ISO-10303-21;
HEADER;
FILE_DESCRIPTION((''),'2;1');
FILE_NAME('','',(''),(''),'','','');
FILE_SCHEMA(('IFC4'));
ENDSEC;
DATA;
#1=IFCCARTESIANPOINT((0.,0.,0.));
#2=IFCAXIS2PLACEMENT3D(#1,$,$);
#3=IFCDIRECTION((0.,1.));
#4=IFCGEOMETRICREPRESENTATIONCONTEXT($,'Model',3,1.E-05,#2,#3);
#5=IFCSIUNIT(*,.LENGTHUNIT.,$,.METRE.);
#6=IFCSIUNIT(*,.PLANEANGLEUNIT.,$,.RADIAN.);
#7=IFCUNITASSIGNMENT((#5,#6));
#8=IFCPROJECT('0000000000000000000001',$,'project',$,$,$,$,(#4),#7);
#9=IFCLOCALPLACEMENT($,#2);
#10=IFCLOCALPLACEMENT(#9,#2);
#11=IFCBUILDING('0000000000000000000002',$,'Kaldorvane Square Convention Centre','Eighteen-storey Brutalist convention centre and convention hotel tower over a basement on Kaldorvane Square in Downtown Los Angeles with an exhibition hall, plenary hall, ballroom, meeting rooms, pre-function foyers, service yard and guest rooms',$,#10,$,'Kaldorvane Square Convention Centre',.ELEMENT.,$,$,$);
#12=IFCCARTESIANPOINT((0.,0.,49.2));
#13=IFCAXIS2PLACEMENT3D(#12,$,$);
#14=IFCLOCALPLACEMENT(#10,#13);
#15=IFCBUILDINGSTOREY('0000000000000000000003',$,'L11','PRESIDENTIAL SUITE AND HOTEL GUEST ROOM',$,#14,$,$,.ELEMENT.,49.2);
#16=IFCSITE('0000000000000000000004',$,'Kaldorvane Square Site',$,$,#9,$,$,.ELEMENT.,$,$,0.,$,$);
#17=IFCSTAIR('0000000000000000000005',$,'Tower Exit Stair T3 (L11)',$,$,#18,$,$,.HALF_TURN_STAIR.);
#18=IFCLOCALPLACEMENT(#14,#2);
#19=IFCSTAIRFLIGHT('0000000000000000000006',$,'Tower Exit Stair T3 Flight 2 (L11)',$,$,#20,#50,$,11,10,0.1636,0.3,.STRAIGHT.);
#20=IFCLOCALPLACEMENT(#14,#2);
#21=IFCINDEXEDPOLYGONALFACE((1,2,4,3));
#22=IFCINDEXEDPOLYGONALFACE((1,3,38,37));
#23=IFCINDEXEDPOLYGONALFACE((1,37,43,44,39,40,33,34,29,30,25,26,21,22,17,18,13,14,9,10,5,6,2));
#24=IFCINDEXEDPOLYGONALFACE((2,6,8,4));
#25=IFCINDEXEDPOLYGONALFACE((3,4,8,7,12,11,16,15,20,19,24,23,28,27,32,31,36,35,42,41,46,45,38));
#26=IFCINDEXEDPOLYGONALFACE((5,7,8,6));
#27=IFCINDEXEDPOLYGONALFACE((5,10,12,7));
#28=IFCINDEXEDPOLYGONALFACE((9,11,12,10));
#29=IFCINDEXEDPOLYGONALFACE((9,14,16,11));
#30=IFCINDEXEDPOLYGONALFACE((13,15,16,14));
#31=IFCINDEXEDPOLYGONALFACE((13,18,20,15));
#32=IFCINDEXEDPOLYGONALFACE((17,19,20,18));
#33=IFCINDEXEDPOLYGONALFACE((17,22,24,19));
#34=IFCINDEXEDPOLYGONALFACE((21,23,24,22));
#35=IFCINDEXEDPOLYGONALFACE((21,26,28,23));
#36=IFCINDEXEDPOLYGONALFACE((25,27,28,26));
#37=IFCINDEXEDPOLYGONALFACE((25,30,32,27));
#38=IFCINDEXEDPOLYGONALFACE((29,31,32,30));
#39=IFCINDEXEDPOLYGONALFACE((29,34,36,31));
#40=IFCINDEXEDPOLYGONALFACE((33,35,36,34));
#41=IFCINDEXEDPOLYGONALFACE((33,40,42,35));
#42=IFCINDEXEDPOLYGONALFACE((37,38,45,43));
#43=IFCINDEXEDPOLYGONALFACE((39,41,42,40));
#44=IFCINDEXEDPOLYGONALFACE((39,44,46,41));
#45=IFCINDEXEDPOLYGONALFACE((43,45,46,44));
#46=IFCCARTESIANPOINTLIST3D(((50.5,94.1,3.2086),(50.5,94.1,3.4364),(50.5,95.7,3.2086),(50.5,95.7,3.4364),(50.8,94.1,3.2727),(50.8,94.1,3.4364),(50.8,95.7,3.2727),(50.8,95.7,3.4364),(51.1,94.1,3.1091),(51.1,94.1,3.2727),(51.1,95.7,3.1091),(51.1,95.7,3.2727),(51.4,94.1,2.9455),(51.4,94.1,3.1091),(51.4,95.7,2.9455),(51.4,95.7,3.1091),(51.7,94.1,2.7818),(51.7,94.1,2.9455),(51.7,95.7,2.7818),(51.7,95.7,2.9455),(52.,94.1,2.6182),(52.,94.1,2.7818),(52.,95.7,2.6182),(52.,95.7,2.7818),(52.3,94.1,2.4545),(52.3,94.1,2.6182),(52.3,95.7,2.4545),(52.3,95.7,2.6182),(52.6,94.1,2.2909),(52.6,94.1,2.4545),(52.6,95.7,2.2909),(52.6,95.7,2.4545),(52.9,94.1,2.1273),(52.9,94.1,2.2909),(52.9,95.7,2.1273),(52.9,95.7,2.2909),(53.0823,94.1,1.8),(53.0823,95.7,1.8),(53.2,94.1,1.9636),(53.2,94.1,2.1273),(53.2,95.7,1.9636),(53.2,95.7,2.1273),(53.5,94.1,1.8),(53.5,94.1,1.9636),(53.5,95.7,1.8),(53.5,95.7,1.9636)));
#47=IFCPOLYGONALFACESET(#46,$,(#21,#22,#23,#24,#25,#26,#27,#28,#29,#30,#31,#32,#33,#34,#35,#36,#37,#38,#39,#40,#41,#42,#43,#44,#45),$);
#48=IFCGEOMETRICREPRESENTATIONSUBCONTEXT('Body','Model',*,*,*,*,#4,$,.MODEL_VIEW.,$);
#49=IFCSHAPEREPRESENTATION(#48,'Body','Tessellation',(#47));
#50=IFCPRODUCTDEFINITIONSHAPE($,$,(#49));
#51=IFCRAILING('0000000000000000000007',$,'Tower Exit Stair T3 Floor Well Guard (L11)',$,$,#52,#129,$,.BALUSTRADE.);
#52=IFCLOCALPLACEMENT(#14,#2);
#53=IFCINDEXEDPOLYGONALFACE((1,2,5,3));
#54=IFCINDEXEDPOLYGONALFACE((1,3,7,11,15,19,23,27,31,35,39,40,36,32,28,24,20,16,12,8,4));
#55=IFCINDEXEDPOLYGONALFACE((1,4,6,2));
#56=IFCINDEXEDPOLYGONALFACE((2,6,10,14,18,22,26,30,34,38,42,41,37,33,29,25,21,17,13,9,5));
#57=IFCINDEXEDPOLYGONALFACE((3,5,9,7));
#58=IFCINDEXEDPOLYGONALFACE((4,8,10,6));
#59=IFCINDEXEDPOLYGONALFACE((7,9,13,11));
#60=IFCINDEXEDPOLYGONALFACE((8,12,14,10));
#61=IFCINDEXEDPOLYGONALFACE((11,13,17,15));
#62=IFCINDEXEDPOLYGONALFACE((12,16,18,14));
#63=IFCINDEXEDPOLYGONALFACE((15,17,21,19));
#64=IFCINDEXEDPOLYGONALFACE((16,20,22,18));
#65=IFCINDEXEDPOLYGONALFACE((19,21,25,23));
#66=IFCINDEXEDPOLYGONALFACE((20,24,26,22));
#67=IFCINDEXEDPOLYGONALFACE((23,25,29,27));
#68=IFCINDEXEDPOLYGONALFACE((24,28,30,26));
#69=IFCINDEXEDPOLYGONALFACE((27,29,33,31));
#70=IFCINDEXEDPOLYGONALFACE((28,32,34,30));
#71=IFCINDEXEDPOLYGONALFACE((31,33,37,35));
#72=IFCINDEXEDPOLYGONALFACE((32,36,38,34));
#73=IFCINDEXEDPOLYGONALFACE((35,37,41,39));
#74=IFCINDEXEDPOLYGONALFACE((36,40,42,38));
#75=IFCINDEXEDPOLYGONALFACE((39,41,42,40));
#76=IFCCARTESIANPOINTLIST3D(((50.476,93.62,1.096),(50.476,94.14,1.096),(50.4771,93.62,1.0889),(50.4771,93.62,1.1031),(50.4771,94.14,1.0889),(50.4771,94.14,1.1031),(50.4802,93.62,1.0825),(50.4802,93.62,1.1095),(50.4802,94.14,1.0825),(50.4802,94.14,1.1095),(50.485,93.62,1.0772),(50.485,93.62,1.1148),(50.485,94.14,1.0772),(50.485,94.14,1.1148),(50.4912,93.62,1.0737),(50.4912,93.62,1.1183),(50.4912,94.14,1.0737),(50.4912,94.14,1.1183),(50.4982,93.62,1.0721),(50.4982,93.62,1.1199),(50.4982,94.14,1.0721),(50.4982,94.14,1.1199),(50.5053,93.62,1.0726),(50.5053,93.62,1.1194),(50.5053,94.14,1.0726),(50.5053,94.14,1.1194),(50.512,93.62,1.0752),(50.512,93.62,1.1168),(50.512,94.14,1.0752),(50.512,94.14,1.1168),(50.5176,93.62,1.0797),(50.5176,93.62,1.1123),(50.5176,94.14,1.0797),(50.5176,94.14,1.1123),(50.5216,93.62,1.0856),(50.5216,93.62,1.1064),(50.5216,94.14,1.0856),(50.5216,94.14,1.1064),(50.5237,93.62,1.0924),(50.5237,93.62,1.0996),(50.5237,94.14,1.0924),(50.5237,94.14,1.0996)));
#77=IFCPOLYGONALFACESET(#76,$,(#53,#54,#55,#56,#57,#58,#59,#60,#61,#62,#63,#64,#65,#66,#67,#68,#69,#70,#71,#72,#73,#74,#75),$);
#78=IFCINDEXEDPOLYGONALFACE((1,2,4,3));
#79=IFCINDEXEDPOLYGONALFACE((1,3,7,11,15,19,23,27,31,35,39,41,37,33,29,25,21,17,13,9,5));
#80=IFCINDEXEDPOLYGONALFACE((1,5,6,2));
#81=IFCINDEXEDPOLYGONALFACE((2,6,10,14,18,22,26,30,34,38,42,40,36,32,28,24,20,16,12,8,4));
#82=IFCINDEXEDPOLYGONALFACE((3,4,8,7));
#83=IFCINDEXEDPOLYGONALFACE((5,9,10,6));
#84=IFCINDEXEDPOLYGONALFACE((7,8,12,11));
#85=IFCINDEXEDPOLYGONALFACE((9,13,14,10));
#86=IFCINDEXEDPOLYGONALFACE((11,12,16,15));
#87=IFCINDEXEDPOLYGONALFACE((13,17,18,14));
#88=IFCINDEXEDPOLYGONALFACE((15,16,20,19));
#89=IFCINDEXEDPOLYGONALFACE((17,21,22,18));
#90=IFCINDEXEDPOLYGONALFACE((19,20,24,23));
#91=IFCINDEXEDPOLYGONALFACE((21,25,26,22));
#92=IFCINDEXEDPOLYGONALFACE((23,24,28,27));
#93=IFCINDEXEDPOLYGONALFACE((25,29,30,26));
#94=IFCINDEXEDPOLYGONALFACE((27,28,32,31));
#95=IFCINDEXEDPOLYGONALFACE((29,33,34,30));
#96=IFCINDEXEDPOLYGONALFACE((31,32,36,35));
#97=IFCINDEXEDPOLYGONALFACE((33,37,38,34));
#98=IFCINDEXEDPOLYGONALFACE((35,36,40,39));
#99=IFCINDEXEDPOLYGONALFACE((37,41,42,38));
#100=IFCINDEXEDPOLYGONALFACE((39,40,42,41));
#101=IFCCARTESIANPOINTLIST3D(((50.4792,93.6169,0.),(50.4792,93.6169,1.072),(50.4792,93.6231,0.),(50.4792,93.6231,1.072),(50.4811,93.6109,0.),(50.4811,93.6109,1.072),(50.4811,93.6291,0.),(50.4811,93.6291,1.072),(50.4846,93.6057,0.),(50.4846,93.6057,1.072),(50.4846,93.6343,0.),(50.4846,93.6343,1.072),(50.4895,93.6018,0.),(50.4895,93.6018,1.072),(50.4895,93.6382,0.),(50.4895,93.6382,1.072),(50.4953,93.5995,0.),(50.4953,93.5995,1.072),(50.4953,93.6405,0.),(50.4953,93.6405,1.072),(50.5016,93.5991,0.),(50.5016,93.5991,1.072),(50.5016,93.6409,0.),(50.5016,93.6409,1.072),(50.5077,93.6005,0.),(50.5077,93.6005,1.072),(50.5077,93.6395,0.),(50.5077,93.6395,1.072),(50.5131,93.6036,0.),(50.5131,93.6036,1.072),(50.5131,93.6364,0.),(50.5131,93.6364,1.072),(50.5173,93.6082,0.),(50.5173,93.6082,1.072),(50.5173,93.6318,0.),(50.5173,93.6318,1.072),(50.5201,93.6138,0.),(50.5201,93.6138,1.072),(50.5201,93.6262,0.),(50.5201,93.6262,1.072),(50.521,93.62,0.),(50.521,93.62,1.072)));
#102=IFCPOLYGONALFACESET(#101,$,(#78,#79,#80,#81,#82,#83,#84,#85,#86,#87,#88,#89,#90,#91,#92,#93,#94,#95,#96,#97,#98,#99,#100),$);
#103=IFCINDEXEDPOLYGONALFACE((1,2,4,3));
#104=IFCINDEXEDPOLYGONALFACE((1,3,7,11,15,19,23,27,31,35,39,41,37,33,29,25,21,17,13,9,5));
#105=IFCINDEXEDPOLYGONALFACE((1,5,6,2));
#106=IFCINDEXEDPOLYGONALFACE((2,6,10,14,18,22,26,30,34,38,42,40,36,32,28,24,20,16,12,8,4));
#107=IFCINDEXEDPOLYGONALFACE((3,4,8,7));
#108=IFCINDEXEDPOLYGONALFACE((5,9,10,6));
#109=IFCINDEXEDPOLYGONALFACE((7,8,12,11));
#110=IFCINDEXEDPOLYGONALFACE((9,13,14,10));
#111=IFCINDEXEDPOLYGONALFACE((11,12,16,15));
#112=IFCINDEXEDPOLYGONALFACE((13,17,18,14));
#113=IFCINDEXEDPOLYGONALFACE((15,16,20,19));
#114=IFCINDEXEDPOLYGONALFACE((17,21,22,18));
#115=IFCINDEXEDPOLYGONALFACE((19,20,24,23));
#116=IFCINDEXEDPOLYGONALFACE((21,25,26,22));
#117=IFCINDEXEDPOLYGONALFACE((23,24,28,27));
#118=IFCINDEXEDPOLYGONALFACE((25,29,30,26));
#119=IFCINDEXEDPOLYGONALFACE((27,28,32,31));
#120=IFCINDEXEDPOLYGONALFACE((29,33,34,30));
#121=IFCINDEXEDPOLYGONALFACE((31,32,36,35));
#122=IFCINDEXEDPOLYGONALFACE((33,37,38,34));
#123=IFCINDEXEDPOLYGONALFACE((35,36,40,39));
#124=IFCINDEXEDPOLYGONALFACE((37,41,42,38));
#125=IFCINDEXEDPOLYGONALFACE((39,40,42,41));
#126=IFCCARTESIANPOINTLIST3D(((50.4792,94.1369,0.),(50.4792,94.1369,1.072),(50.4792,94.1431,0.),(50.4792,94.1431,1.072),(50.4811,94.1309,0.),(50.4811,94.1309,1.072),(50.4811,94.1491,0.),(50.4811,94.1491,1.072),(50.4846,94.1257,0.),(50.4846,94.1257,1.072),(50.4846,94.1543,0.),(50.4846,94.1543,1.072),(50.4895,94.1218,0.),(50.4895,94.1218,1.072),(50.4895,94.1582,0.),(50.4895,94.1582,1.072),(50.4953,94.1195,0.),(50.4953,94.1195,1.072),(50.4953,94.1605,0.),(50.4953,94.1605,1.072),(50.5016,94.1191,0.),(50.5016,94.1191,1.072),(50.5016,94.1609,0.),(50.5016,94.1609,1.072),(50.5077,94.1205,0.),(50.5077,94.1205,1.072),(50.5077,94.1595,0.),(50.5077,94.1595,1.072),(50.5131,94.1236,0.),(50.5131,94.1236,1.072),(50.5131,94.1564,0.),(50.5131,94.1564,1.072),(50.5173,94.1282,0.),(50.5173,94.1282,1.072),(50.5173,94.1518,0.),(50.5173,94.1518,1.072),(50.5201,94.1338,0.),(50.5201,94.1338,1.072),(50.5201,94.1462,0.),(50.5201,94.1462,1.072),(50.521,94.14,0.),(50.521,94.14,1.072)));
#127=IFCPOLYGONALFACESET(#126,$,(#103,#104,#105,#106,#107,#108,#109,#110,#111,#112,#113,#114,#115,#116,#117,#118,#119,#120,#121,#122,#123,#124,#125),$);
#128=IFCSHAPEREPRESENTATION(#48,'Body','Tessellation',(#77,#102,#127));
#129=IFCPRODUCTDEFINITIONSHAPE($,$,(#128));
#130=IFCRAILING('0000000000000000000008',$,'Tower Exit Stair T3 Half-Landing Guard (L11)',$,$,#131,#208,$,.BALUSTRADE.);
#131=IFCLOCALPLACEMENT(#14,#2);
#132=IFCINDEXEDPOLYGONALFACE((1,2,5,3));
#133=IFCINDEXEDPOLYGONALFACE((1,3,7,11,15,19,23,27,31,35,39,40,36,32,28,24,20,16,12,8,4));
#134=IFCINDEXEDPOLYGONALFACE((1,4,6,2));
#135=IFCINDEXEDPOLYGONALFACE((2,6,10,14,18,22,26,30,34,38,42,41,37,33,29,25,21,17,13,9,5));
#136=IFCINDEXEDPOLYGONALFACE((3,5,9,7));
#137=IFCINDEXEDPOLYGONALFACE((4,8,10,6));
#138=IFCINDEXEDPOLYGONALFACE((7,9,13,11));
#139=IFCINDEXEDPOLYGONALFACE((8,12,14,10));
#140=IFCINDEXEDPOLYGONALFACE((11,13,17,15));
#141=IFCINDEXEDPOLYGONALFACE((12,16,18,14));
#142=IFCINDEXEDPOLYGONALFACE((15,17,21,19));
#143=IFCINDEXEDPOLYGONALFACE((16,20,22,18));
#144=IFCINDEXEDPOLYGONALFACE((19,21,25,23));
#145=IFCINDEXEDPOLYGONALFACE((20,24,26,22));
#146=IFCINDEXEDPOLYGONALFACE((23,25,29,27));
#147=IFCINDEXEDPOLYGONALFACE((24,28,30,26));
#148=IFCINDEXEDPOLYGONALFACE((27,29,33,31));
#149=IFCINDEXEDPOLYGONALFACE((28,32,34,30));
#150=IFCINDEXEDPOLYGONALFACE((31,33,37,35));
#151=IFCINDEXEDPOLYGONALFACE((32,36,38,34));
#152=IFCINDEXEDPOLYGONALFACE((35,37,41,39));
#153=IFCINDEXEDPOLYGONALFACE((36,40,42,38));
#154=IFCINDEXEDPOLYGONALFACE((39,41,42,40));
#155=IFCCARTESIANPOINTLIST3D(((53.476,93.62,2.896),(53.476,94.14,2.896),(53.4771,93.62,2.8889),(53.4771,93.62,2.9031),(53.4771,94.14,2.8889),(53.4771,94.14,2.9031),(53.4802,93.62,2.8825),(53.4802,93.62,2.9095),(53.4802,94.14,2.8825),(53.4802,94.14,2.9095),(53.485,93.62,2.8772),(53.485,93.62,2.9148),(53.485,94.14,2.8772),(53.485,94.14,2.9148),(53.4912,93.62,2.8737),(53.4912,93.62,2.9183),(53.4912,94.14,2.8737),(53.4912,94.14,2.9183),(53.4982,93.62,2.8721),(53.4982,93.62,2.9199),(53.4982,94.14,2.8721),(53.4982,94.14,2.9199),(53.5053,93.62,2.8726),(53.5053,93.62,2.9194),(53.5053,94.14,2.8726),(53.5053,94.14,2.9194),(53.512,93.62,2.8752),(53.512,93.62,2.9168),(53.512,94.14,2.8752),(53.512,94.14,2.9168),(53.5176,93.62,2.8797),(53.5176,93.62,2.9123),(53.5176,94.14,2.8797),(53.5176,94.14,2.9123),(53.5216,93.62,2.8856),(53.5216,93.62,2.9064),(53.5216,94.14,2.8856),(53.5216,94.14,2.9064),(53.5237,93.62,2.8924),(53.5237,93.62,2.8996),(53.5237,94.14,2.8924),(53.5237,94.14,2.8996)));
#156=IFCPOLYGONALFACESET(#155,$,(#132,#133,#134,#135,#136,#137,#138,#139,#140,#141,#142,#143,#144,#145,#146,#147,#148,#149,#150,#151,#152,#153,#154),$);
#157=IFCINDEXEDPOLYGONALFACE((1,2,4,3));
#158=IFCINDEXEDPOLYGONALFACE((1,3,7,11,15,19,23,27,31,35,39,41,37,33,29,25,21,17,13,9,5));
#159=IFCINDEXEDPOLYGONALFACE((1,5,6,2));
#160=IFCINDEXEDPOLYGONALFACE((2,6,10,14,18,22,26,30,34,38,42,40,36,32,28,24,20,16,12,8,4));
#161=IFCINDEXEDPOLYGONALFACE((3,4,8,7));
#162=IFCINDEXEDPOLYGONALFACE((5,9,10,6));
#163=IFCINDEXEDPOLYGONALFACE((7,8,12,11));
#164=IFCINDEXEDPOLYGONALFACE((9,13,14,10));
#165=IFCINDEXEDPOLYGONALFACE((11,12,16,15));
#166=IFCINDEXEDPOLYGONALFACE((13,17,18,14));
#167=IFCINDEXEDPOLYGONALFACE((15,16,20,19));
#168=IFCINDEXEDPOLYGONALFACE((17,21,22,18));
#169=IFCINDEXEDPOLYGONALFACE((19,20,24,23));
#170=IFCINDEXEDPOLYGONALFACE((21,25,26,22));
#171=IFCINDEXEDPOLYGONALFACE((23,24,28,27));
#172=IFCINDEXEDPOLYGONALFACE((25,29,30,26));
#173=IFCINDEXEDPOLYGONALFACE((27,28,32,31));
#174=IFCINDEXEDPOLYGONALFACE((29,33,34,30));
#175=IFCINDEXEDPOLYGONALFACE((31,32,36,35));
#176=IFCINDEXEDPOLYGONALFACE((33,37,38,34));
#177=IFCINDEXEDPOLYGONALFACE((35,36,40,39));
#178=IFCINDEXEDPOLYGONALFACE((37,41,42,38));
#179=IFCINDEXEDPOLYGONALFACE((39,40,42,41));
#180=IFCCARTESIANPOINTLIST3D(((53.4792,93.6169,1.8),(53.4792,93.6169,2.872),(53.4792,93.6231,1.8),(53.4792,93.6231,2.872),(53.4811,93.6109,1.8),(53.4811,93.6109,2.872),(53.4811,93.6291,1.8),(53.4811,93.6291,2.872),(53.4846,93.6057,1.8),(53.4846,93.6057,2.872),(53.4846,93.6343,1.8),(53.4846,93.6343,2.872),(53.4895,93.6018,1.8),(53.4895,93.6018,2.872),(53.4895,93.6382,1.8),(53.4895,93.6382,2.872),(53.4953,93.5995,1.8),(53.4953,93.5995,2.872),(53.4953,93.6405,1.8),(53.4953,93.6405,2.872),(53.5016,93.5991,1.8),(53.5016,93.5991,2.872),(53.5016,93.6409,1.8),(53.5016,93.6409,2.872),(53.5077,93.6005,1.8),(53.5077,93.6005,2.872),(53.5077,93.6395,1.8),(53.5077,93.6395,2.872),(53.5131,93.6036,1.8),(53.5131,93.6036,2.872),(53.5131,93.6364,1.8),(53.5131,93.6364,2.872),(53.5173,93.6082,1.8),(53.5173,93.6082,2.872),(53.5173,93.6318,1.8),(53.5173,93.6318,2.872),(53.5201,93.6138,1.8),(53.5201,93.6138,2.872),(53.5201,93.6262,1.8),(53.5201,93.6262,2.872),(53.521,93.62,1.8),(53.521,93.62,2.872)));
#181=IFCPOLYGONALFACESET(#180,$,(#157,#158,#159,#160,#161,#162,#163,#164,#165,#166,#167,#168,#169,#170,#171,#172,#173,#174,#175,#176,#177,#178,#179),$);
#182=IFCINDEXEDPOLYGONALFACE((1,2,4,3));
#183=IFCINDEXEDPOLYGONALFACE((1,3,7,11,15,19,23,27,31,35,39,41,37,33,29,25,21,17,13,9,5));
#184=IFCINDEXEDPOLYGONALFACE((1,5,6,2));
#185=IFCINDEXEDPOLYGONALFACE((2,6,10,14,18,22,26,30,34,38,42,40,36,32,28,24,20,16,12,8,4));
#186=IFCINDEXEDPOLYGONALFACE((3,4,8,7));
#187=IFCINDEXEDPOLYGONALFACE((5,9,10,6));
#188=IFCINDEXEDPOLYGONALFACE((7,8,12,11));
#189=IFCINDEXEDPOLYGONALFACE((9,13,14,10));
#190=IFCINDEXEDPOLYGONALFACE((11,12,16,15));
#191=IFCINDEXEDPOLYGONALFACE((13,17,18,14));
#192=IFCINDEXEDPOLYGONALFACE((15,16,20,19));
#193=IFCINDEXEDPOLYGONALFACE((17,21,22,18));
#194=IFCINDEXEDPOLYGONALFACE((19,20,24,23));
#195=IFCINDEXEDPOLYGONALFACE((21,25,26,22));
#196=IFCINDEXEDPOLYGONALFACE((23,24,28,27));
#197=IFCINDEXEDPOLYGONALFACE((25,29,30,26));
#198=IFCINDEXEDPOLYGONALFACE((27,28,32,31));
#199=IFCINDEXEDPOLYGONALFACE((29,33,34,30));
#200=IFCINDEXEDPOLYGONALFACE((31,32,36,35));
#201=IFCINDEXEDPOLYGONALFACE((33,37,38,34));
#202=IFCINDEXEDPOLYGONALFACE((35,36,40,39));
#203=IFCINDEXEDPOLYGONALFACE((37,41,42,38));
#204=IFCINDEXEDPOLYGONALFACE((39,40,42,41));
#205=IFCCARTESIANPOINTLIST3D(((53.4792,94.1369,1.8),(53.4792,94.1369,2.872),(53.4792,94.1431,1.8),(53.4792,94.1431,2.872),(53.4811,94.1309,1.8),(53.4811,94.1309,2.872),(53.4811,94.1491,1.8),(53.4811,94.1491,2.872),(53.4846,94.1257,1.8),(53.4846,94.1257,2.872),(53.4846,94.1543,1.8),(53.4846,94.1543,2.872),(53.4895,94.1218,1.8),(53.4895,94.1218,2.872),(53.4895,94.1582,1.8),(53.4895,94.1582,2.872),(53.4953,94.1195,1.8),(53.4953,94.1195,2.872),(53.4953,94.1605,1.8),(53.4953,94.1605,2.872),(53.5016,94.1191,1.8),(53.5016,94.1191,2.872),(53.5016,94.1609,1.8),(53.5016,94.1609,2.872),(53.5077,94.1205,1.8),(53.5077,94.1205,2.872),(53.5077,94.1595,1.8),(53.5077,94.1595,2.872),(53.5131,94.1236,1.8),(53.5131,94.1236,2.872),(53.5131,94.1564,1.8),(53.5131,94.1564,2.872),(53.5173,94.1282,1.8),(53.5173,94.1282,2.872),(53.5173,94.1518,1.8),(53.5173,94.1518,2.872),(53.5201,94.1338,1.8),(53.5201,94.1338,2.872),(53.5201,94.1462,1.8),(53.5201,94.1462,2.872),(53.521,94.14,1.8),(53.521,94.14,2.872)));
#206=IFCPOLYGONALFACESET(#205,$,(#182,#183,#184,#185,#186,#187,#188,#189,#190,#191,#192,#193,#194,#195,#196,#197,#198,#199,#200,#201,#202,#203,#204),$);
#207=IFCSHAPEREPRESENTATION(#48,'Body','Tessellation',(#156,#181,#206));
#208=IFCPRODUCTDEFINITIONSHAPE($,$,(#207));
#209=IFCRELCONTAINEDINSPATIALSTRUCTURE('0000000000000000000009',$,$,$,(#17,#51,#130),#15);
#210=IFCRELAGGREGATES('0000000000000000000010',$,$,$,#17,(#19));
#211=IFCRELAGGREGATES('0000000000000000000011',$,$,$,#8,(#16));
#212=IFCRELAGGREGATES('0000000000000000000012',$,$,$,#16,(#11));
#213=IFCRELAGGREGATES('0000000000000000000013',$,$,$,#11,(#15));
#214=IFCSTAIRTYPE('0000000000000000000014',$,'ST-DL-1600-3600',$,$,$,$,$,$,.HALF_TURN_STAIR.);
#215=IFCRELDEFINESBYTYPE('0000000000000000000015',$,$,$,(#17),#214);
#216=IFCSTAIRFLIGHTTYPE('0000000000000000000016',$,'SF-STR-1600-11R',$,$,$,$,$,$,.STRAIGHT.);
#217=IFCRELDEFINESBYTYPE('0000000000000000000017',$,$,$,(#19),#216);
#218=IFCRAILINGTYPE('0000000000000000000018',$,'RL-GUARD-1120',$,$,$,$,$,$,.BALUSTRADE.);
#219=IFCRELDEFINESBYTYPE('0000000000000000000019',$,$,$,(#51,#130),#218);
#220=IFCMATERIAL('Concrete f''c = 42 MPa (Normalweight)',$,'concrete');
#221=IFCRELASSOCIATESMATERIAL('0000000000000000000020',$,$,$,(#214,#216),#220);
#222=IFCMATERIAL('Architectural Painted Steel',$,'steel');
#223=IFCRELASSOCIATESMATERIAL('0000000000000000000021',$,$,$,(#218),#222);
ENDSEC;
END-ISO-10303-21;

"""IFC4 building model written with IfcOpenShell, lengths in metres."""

from ifc_helpers import new_model, si_unit, direction, frame, origin, origin_2d, place, context, subcontext, project, spatial, polyline, circle, outline, extrude, material, type_object, element, aggregate, save


model = new_model("IFC4")

# Units and contexts
model_context = context("Model", 3, precision=1e-05, world=origin(), true_north=direction((0.0, 1.0)))
body_context = subcontext(model_context, "Body", "Model", "MODEL_VIEW")
ifc_project = project(units=[si_unit("LENGTHUNIT", "METRE"), si_unit("PLANEANGLEUNIT", "RADIAN")], contexts=[model_context])

# Site, building, storey
site_placement = place(None, origin())
site = spatial("IfcSite", under=ifc_project, at=site_placement, Name="Kaldorvane Square Site", CompositionType="ELEMENT", RefElevation=0.0)
building_placement = place(site_placement, origin())
building = spatial("IfcBuilding", under=site, at=building_placement, Name="Kaldorvane Square Convention Centre", Description="Eighteen-storey Brutalist convention centre and convention hotel tower over a basement on Kaldorvane Square in Downtown Los Angeles with an exhibition hall, plenary hall, ballroom, meeting rooms, pre-function foyers, service yard and guest rooms", LongName="Kaldorvane Square Convention Centre", CompositionType="ELEMENT")
storey_placement = place(building_placement, frame((0.0, 0.0, 49.2)))
storey = spatial("IfcBuildingStorey", under=building, at=storey_placement, Name="L11", Description="PRESIDENTIAL SUITE AND HOTEL GUEST ROOM", CompositionType="ELEMENT", Elevation=49.2)

# Stair, stair flight
ifc_material_1 = material(Name="Concrete f'c = 42 MPa (Normalweight)", Category="concrete")
stair_type = type_object("IfcStairType", Name="ST-DL-1600-3600", PredefinedType="HALF_TURN_STAIR", material=ifc_material_1)
stair_flight_type = type_object("IfcStairFlightType", Name="SF-STR-1600-11R", PredefinedType="STRAIGHT", material=ifc_material_1)
stair_1_placement = place(storey_placement, origin())
stair_1 = element("IfcStair", 1, at=stair_1_placement, inside=storey, type_object=stair_type, Name="Tower Exit Stair T3 (L11)", PredefinedType="HALF_TURN_STAIR")
stair_flight_1_placement = place(storey_placement, frame((53.5, 94.9, 1.8), z_axis=(0.0, 0.0, 1.0), x_axis=(-1.0, 0.0, 0.0)))
stair_flight_1 = element("IfcStairFlight", 2, at=stair_flight_1_placement, type_object=stair_flight_type, Name="Tower Exit Stair T3 Flight 2 (L11)", NumberOfRisers=11, NumberOfTreads=10, PredefinedType="STRAIGHT", RiserHeight=0.1636, TreadLength=0.3, context=body_context, shape_type="SweptSolid", body=[
    extrude(outline(polyline([(0.0, 0.0), (0.0, 0.1636), (0.3, 0.1636), (0.3, 0.3273), (0.6, 0.3273), (0.6, 0.4909), (0.9, 0.4909), (0.9, 0.6545), (1.2, 0.6545), (1.2, 0.8182), (1.5, 0.8182), (1.5, 0.9818), (1.8, 0.9818), (1.8, 1.1455), (2.1, 1.1455), (2.1, 1.3091), (2.4, 1.3091), (2.4, 1.4727), (2.7, 1.4727), (2.7, 1.6364), (3.0, 1.6364), (3.0, 1.8), (3.0, 1.4086), (0.4177, 0.0), (0.0, 0.0)])), frame((0.0, 0.8, 0.0), z_axis=(0.0, -1.0, 0.0), x_axis=(1.0, 0.0, 0.0)), (0.0, 0.0, 1.0), 1.6),
])
aggregate(stair_1, [stair_flight_1])

# Railings
ifc_material_2 = material(Name="Architectural Painted Steel", Category="steel")
railing_type_1 = type_object("IfcRailingType", Name="RL-GUARD-1120", PredefinedType="BALUSTRADE", material=ifc_material_2)
for number, where, name in (
    (3, (50.5, 93.62, 0.0), "Tower Exit Stair T3 Floor Well Guard (L11)"),
    (4, (53.5, 93.62, 1.8), "Tower Exit Stair T3 Half-Landing Guard (L11)"),
):
    element("IfcRailing", number, at=place(storey_placement, frame(where)), inside=storey, type_object=railing_type_1, Name=name, PredefinedType="BALUSTRADE", context=body_context, shape_type="SweptSolid", body=[
        extrude(circle(Radius=0.024, at=origin_2d()), frame((0.0, 0.0, 1.096), z_axis=(0.0, 1.0, 0.0), x_axis=(-1.0, 0.0, 0.0)), (0.0, 0.0, 1.0), 0.52),
        extrude(circle(Radius=0.021, at=origin_2d()), origin(), (0.0, 0.0, 1.0), 1.072),
        extrude(circle(Radius=0.021, at=origin_2d()), frame((0.0, 0.52, 0.0)), (0.0, 0.0, 1.0), 1.072),
    ])

save(model, "model.ifc")
